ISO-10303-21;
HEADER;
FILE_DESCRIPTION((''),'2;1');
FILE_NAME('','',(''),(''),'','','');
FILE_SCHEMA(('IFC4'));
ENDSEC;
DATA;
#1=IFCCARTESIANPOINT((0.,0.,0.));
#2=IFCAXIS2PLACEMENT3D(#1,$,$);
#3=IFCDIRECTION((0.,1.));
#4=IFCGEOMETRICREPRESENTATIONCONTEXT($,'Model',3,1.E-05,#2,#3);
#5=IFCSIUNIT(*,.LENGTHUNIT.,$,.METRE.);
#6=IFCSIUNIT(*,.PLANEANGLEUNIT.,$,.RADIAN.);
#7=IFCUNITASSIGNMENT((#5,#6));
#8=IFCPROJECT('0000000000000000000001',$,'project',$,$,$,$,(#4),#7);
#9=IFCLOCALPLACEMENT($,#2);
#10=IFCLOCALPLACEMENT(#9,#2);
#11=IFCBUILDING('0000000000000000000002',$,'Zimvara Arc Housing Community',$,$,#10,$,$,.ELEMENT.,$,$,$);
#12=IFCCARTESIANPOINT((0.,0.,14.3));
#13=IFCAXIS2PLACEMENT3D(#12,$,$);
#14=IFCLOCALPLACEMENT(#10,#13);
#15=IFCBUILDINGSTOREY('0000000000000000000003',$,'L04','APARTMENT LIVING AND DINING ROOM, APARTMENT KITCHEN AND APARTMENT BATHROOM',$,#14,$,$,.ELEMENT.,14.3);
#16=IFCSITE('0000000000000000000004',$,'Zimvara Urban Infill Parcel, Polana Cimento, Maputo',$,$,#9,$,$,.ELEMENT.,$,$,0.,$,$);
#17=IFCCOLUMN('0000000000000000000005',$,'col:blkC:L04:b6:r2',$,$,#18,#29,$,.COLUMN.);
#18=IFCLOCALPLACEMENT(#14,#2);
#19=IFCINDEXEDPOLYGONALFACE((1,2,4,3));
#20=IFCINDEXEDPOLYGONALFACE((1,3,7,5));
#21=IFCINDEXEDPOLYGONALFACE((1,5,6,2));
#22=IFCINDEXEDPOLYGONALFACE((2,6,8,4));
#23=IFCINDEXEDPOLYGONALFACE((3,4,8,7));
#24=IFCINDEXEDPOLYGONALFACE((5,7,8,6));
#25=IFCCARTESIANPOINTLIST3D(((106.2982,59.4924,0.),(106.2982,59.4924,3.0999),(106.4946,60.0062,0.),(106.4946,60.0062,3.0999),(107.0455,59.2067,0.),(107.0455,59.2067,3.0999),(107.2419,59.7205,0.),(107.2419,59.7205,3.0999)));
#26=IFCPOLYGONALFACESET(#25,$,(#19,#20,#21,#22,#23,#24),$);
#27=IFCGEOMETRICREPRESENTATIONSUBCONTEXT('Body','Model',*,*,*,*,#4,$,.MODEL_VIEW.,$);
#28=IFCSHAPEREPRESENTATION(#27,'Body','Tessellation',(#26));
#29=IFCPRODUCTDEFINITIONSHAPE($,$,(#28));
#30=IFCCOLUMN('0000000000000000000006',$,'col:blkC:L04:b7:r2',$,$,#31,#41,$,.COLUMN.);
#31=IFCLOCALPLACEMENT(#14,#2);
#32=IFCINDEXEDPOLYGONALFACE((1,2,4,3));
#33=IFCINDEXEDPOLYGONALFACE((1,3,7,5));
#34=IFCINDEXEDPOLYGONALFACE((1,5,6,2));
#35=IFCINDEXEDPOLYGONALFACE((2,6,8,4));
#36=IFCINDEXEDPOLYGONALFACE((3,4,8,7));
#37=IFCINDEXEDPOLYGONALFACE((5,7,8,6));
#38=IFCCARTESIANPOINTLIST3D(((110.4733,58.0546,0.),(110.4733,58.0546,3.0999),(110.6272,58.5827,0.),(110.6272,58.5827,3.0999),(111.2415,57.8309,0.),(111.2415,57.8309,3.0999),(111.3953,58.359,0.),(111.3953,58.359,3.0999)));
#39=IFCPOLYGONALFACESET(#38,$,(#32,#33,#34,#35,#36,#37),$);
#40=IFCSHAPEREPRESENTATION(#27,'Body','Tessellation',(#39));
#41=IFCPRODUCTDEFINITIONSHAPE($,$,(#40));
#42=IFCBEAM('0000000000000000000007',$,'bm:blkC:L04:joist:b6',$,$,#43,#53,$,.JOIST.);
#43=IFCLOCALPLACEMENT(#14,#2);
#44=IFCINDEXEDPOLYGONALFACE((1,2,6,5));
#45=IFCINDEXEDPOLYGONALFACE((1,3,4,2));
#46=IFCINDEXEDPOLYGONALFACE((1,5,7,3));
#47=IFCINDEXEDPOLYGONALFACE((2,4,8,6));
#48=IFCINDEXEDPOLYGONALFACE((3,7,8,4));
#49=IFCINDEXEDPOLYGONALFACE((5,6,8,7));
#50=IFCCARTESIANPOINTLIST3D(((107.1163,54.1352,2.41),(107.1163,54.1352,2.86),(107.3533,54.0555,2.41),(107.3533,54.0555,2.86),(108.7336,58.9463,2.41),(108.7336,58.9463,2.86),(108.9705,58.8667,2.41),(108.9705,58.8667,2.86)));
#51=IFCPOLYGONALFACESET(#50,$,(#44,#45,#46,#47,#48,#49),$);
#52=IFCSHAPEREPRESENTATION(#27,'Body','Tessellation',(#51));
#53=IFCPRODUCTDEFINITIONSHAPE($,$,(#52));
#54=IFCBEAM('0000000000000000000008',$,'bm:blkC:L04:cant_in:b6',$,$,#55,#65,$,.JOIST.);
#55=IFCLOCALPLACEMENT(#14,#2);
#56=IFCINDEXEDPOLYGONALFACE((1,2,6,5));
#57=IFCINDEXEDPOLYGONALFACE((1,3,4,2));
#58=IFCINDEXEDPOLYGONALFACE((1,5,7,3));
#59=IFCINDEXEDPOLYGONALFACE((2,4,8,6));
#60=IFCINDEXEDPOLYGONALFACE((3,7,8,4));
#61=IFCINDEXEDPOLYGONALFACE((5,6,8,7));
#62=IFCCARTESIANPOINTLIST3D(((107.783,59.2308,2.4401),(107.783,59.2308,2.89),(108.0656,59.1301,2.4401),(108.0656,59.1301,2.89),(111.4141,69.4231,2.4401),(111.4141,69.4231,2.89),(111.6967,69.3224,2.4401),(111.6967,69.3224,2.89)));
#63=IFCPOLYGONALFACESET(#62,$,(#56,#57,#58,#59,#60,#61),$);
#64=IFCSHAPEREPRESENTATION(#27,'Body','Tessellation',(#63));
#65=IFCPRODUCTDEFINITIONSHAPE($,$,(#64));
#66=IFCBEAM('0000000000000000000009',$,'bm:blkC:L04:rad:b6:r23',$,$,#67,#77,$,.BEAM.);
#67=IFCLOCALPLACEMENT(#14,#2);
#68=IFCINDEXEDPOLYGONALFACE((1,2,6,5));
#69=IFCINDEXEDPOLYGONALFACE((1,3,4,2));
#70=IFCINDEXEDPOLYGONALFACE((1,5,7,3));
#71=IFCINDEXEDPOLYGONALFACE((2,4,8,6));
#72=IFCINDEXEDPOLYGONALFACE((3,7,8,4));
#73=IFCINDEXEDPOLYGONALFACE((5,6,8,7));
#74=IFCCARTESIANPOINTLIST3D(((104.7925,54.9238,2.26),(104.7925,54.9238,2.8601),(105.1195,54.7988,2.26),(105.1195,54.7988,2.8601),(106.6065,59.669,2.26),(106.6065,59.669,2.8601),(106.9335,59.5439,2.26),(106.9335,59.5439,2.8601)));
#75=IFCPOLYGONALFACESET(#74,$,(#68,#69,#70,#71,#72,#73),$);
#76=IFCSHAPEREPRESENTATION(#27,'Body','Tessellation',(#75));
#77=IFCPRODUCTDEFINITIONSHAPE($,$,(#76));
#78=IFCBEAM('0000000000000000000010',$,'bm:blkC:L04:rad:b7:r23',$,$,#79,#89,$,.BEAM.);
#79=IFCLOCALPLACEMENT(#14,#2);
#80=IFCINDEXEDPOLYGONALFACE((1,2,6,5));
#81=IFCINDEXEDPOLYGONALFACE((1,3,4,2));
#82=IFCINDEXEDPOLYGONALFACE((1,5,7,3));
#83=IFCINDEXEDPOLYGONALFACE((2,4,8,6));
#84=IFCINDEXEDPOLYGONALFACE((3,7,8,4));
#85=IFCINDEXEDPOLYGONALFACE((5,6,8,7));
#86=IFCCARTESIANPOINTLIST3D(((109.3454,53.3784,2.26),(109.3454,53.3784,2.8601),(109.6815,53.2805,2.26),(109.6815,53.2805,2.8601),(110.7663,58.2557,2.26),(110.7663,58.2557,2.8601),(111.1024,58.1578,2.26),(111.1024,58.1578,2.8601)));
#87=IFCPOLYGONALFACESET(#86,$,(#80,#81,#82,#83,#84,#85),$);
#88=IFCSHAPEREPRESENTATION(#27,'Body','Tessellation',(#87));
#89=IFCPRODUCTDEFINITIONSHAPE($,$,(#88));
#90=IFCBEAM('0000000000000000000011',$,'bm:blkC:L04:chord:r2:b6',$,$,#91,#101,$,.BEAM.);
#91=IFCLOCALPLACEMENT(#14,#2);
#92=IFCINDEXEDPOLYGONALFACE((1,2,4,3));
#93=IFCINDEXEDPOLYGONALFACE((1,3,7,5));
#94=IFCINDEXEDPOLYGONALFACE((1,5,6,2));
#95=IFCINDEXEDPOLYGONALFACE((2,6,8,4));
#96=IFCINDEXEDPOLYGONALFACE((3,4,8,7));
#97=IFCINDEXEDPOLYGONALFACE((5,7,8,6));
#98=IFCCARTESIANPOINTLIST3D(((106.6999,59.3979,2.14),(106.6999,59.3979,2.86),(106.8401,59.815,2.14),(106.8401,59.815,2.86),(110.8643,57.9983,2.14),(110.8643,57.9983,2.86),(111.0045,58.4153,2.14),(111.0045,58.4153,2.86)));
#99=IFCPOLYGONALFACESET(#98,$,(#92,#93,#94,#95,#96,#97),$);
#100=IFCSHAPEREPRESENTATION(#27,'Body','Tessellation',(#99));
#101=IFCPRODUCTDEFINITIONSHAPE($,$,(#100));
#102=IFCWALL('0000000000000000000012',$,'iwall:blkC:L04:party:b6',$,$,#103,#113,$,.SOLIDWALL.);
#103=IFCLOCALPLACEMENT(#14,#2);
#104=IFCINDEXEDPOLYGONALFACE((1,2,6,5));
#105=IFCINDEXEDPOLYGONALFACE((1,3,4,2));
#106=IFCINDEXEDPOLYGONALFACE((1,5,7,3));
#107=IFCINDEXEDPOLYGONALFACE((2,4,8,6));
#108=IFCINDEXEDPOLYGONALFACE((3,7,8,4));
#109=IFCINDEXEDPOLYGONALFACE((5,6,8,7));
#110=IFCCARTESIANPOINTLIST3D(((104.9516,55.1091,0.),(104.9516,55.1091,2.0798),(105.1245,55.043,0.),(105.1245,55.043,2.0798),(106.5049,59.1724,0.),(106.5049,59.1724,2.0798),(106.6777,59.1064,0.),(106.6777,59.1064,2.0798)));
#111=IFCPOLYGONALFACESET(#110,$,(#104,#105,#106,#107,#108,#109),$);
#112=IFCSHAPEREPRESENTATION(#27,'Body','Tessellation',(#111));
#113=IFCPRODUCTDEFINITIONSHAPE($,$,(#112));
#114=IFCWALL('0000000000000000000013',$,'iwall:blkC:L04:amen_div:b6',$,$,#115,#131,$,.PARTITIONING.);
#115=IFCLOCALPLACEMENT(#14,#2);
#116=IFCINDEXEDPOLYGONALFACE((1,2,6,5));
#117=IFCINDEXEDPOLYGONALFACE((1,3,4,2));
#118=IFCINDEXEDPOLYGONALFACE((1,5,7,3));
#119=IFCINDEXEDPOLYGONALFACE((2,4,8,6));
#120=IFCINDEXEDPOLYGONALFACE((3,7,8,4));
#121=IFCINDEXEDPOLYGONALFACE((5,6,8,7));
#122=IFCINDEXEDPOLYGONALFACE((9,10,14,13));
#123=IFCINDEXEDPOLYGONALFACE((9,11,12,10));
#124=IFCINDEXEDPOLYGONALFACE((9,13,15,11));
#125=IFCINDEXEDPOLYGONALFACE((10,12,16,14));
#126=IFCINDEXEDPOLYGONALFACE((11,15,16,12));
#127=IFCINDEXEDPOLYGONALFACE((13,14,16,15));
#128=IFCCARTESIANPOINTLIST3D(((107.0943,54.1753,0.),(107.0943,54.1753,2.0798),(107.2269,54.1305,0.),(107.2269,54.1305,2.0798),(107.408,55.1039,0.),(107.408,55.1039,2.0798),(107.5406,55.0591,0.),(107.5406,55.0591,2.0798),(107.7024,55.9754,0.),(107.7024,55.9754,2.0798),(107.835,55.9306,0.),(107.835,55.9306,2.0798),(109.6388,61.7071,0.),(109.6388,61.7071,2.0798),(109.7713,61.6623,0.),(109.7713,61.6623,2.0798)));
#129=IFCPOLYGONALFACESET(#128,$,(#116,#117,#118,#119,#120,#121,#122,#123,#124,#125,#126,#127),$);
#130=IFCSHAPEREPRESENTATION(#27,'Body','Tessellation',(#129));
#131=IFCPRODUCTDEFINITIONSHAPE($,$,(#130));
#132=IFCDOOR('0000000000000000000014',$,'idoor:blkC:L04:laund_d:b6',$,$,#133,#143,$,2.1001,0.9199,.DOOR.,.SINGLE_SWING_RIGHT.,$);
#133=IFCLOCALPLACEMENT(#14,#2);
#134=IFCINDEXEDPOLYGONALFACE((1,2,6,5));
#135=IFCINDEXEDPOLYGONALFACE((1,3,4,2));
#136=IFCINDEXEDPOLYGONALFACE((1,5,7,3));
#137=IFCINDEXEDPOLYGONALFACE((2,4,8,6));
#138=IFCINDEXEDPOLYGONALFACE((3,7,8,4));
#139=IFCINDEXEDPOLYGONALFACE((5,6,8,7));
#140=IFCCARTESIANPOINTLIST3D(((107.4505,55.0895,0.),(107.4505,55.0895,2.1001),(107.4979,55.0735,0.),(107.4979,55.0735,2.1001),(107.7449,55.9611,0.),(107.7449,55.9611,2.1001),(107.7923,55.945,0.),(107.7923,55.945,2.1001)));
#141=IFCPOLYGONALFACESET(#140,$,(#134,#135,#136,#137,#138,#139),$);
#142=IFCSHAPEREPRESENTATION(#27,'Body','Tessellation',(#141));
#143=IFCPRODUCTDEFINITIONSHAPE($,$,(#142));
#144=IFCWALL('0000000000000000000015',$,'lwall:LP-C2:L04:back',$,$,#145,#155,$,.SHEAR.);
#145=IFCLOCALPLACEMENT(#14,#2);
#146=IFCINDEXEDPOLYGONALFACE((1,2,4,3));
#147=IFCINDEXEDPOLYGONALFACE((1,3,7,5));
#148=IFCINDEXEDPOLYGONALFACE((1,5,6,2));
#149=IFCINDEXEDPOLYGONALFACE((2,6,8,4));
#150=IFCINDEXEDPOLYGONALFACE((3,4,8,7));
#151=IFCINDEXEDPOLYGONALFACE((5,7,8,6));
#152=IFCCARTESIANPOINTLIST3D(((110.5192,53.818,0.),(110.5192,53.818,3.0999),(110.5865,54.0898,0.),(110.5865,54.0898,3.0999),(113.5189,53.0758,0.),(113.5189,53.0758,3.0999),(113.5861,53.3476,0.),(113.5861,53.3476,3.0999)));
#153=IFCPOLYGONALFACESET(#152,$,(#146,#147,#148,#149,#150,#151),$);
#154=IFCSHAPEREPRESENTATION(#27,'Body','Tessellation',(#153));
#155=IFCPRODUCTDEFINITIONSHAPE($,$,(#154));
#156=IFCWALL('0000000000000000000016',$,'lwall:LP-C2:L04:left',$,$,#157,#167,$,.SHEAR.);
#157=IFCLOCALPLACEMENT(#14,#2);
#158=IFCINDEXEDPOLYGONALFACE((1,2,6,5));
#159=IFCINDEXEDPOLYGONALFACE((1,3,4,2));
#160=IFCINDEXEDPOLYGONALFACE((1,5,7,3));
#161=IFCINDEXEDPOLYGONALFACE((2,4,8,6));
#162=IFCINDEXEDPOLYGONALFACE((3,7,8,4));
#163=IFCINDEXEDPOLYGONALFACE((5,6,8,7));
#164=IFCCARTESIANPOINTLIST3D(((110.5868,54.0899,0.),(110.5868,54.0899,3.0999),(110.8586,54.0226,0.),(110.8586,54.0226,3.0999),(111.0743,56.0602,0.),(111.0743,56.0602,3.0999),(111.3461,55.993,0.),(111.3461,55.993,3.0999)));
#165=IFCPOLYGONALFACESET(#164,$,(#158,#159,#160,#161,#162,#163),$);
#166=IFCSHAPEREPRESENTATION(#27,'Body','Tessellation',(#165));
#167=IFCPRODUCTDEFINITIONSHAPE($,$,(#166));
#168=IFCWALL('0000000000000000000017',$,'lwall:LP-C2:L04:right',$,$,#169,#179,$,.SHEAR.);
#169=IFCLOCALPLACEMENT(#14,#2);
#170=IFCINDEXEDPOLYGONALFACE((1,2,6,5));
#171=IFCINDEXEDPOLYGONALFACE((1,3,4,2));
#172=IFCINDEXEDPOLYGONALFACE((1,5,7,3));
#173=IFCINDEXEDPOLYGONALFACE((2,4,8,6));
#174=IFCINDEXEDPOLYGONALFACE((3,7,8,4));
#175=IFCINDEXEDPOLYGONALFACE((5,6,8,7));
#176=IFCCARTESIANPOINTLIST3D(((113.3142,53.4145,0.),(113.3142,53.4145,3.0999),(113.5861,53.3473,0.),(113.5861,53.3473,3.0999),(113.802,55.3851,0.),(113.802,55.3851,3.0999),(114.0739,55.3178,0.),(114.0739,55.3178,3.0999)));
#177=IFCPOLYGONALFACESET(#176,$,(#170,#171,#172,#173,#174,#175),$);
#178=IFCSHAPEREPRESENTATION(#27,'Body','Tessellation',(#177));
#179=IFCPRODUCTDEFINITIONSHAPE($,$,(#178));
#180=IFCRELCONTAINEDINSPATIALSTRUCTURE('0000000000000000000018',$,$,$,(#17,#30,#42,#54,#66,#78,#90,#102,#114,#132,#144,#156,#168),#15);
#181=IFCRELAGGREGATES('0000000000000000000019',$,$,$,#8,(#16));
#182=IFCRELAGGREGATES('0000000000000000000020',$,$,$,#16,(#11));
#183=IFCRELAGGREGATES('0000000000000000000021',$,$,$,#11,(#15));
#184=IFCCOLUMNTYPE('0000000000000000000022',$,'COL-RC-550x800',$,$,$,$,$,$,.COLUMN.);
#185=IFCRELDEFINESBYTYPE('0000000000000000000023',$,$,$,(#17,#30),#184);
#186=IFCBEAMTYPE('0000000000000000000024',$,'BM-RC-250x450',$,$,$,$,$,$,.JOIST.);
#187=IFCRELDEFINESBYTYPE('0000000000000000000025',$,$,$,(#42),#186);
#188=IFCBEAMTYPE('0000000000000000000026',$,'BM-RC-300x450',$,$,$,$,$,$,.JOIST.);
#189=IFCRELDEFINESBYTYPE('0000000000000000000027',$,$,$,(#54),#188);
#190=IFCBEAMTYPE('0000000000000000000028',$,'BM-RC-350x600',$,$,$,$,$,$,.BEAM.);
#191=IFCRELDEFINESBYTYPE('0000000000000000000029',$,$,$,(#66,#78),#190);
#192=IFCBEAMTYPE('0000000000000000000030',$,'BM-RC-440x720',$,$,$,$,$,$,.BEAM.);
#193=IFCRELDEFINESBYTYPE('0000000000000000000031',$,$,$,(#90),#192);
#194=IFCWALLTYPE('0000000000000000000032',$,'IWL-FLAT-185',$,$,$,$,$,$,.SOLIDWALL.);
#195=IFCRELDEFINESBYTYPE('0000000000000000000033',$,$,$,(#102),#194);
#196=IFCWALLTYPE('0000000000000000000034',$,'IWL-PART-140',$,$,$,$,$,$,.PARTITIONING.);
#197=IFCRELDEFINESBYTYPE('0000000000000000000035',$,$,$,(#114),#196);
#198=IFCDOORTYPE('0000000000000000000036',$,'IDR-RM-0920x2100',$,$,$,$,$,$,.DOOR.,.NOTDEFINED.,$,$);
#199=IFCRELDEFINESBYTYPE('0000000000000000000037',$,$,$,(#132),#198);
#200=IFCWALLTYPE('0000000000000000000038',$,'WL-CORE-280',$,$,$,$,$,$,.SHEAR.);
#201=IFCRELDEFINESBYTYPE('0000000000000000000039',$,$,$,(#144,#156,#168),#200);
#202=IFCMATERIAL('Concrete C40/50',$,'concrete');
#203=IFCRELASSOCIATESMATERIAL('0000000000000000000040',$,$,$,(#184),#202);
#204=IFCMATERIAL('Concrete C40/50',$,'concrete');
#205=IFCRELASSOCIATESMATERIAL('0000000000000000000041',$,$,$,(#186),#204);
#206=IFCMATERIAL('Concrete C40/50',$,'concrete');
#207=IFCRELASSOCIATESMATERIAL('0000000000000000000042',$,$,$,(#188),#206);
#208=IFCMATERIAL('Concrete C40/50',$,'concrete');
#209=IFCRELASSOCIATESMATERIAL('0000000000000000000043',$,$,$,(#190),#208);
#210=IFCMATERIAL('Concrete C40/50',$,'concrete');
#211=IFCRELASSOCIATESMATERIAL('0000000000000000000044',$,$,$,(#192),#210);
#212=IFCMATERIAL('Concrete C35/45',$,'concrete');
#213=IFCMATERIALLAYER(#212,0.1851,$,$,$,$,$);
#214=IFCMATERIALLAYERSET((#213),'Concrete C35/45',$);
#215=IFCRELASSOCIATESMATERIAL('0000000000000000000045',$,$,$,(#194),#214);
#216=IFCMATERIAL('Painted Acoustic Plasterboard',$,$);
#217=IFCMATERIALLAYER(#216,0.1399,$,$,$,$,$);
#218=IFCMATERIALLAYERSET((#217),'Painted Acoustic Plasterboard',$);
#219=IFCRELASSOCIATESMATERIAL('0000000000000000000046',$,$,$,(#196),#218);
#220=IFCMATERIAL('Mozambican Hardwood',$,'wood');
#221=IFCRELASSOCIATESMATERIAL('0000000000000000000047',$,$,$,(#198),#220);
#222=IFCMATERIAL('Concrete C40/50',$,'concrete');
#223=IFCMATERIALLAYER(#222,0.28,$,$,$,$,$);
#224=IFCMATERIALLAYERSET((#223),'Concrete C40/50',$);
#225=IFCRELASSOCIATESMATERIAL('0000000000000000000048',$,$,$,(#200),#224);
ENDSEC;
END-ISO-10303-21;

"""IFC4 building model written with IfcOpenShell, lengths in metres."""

from ifc_helpers import new_model, si_unit, direction, frame, frame_2d, origin, origin_2d, place, context, subcontext, project, spatial, rectangle, extrude, material, layer, layer_set, material_profile, profile_set, type_object, element, fill, save


model = new_model("IFC4")

# Units and contexts
model_context = context("Model", 3, precision=1e-05, world=origin(), true_north=direction((0.0, 1.0)))
body_context = subcontext(model_context, "Body", "Model", "MODEL_VIEW")
ifc_project = project(units=[si_unit("LENGTHUNIT", "METRE"), si_unit("PLANEANGLEUNIT", "RADIAN")], contexts=[model_context])

# Site, building, storey
site_placement = place(None, origin())
site = spatial("IfcSite", under=ifc_project, at=site_placement, Name="Zimvara Urban Infill Parcel, Polana Cimento, Maputo", CompositionType="ELEMENT", RefElevation=0.0)
building_placement = place(site_placement, origin())
building = spatial("IfcBuilding", under=site, at=building_placement, Name="Zimvara Arc Housing Community", CompositionType="ELEMENT")
storey_placement = place(building_placement, frame((0.0, 0.0, 14.3)))
storey = spatial("IfcBuildingStorey", under=building, at=storey_placement, Name="L04", Description="APARTMENT LIVING AND DINING ROOM, APARTMENT KITCHEN AND APARTMENT BATHROOM", CompositionType="ELEMENT", Elevation=14.3)

# Columns
ifc_material_1 = material(Name="Concrete C40/50", Category="concrete")
ifc_material_profile_1 = material_profile(ifc_material_1, rectangle(XDim=0.55, YDim=0.8, at=origin_2d()), Name="RC 550x800")
ifc_profile_set_1 = profile_set([ifc_material_profile_1], Name="Concrete C40/50")
column_type = type_object("IfcColumnType", Name="COL-RC-550x800", PredefinedType="COLUMN", material=ifc_profile_set_1)
for number, where, z_axis, x_axis, name in (
    (1, (106.77, 59.6064, 0.0), (0.0, 0.0, 1.0), (-0.357064, -0.93408, 0.0), "col:blkC:L04:b6:r2"),
    (2, (110.9343, 58.2068, 0.0), (0.0, 0.0, 1.0), (-0.279661, -0.960099, 0.0), "col:blkC:L04:b7:r2"),
):
    element("IfcColumn", number, at=place(storey_placement, frame(where, z_axis=z_axis, x_axis=x_axis)), inside=storey, type_object=column_type, Name=name, PredefinedType="COLUMN", context=body_context, shape_type="SweptSolid", body=[
        extrude(rectangle(XDim=0.55, YDim=0.8, at=origin_2d()), origin(), (0.0, 0.0, 1.0), 3.0999),
    ])

# Beams
ifc_material_2 = material(Name="Concrete C40/50", Category="concrete")
ifc_material_profile_2 = material_profile(ifc_material_2, rectangle(XDim=0.25, YDim=0.45, at=origin_2d()), Name="RC 250x450")
ifc_profile_set_2 = profile_set([ifc_material_profile_2], Name="Concrete C40/50")
beam_type_1 = type_object("IfcBeamType", Name="BM-RC-250x450", PredefinedType="JOIST", material=ifc_profile_set_2)
beam_1_placement = place(storey_placement, frame((108.8521, 58.9065, 2.635), z_axis=(-0.318622, -0.947882, 0.0), x_axis=(0.947882, -0.318622, 0.0)))
element("IfcBeam", 3, at=beam_1_placement, inside=storey, type_object=beam_type_1, Name="bm:blkC:L04:joist:b6", PredefinedType="JOIST", context=body_context, shape_type="SweptSolid", body=[
    extrude(rectangle(XDim=0.25, YDim=0.45, at=origin_2d()), origin(), (0.0, 0.0, 1.0), 5.0757),
])
ifc_material_3 = material(Name="Concrete C40/50", Category="concrete")
ifc_material_profile_3 = material_profile(ifc_material_3, rectangle(XDim=0.3, YDim=0.45, at=origin_2d()), Name="RC 300x450")
ifc_profile_set_3 = profile_set([ifc_material_profile_3], Name="Concrete C40/50")
beam_type_2 = type_object("IfcBeamType", Name="BM-RC-300x450", PredefinedType="JOIST", material=ifc_profile_set_3)
beam_2_placement = place(storey_placement, frame((107.9243, 59.1804, 2.665), z_axis=(0.335596, 0.942006, 0.0), x_axis=(-0.942006, 0.335596, 0.0)))
element("IfcBeam", 4, at=beam_2_placement, inside=storey, type_object=beam_type_2, Name="bm:blkC:L04:cant_in:b6", PredefinedType="JOIST", context=body_context, shape_type="SweptSolid", body=[
    extrude(rectangle(XDim=0.3, YDim=0.45, at=origin_2d()), origin(), (0.0, 0.0, 1.0), 10.8198),
])
ifc_material_4 = material(Name="Concrete C40/50", Category="concrete")
ifc_material_profile_4 = material_profile(ifc_material_4, rectangle(XDim=0.3501, YDim=0.6001, at=origin_2d()), Name="RC 350x600")
ifc_profile_set_4 = profile_set([ifc_material_profile_4], Name="Concrete C40/50")
beam_type_3 = type_object("IfcBeamType", Name="BM-RC-350x600", PredefinedType="BEAM", material=ifc_profile_set_4)
for number, where, z_axis, x_axis, name in (
    (5, (106.77, 59.6064, 2.5601), (-0.357078, -0.934074, 0.0), (0.934074, -0.357078, 0.0), "bm:blkC:L04:rad:b6:r23"),
    (6, (110.9343, 58.2068, 2.5601), (-0.279694, -0.960089, 0.0), (0.960089, -0.279694, 0.0), "bm:blkC:L04:rad:b7:r23"),
):
    element("IfcBeam", number, at=place(storey_placement, frame(where, z_axis=z_axis, x_axis=x_axis)), inside=storey, type_object=beam_type_3, Name=name, PredefinedType="BEAM", context=body_context, shape_type="SweptSolid", body=[
        extrude(rectangle(XDim=0.3501, YDim=0.6001, at=origin_2d()), origin(), (0.0, 0.0, 1.0), 5.0801),
    ])
ifc_material_5 = material(Name="Concrete C40/50", Category="concrete")
ifc_material_profile_5 = material_profile(ifc_material_5, rectangle(XDim=0.4399, YDim=0.72, at=origin_2d()), Name="RC 440x720")
ifc_profile_set_5 = profile_set([ifc_material_profile_5], Name="Concrete C40/50")
beam_type_4 = type_object("IfcBeamType", Name="BM-RC-440x720", PredefinedType="BEAM", material=ifc_profile_set_5)
beam_3_placement = place(storey_placement, frame((106.77, 59.6064, 2.5), z_axis=(0.947891, -0.318594, 0.0), x_axis=(0.318594, 0.947891, 0.0)))
element("IfcBeam", 7, at=beam_3_placement, inside=storey, type_object=beam_type_4, Name="bm:blkC:L04:chord:r2:b6", PredefinedType="BEAM", context=body_context, shape_type="SweptSolid", body=[
    extrude(rectangle(XDim=0.4399, YDim=0.72, at=origin_2d()), origin(), (0.0, 0.0, 1.0), 4.3933),
])

# Wall
ifc_material_6 = material(Name="Concrete C35/45", Category="concrete")
ifc_layer_1 = layer(ifc_material_6, 0.1851)
ifc_layer_set_1 = layer_set([ifc_layer_1], Name="Concrete C35/45")
wall_type_1 = type_object("IfcWallType", Name="IWL-FLAT-185", PredefinedType="SOLIDWALL", material=ifc_layer_set_1)
wall_1_placement = place(storey_placement, frame((106.5913, 59.1394, 0.0), z_axis=(0.0, 0.0, 1.0), x_axis=(-0.357064, -0.93408, 0.0)))
element("IfcWall", 8, at=wall_1_placement, inside=storey, type_object=wall_type_1, Name="iwall:blkC:L04:party:b6", PredefinedType="SOLIDWALL", context=body_context, shape_type="SweptSolid", body=[
    extrude(rectangle(XDim=4.3501, YDim=0.1851, at=frame_2d((2.175, 0.0))), origin(), (0.0, 0.0, 1.0), 2.0798),
])

# Wall, opening, door
ifc_material_7 = material(Name="Painted Acoustic Plasterboard")
ifc_layer_2 = layer(ifc_material_7, 0.1399)
ifc_layer_set_2 = layer_set([ifc_layer_2], Name="Painted Acoustic Plasterboard")
wall_type_2 = type_object("IfcWallType", Name="IWL-PART-140", PredefinedType="PARTITIONING", material=ifc_layer_set_2)
wall_2_placement = place(storey_placement, frame((109.7051, 61.6848, 0.0), z_axis=(0.0, 0.0, 1.0), x_axis=(-0.320058, -0.947398, 0.0)))
wall_2 = element("IfcWall", 9, at=wall_2_placement, inside=storey, type_object=wall_type_2, Name="iwall:blkC:L04:amen_div:b6", PredefinedType="PARTITIONING", context=body_context, shape_type="SweptSolid", body=[
    extrude(rectangle(XDim=7.95, YDim=0.1399, at=frame_2d((3.9751, 0.0))), origin(), (0.0, 0.0, 1.0), 2.0798),
])
opening_1_placement = place(wall_2_placement, frame((6.05, 0.0, 0.0)))
opening_1 = element("IfcOpeningElement", 10, at=opening_1_placement, cuts=wall_2, PredefinedType="OPENING", context=body_context, shape_type="SweptSolid", body=[
    extrude(rectangle(XDim=0.9199, YDim=2.1001, at=frame_2d((0.46, 1.05))), frame((0.0, 0.0798, 0.0), z_axis=(0.0, -1.0, 0.0), x_axis=(1.0, 0.0, 0.0)), (0.0, 0.0, 1.0), 0.1599),
])
ifc_material_8 = material(Name="Mozambican Hardwood", Category="wood")
door_type_1 = type_object("IfcDoorType", Name="IDR-RM-0920x2100", OperationType="NOTDEFINED", PredefinedType="DOOR", material=ifc_material_8)
door_1_placement = place(opening_1_placement, origin())
door_1 = element("IfcDoor", 11, at=door_1_placement, inside=storey, type_object=door_type_1, Name="idoor:blkC:L04:laund_d:b6", OperationType="SINGLE_SWING_RIGHT", OverallHeight=2.1001, OverallWidth=0.9199, PredefinedType="DOOR", context=body_context, shape_type="SweptSolid", body=[
    extrude(rectangle(XDim=0.9199, YDim=2.1001, at=frame_2d((0.46, 1.05))), frame((0.0, 0.0249, 0.0), z_axis=(0.0, -1.0, 0.0), x_axis=(1.0, 0.0, 0.0)), (0.0, 0.0, 1.0), 0.05),
])
fill(opening_1, door_1)
ifc_material_9 = material(Name="Concrete C40/50", Category="concrete")
ifc_layer_3 = layer(ifc_material_9, 0.28)
ifc_layer_set_3 = layer_set([ifc_layer_3], Name="Concrete C40/50")
wall_type_3 = type_object("IfcWallType", Name="WL-CORE-280", PredefinedType="SHEAR", material=ifc_layer_set_3)

# Walls
wall_3_placement = place(storey_placement, frame((110.553, 53.9539, 0.0), z_axis=(0.0, 0.0, 1.0), x_axis=(0.970725, -0.240192, 0.0)))
element("IfcWall", 12, at=wall_3_placement, inside=storey, type_object=wall_type_3, Name="lwall:LP-C2:L04:back", PredefinedType="SHEAR", context=body_context, shape_type="SweptSolid", body=[
    extrude(rectangle(XDim=3.0901, YDim=0.28, at=frame_2d((1.5449, 0.0))), origin(), (0.0, 0.0, 1.0), 3.0999),
])
wall_4_placement = place(storey_placement, frame((111.2102, 56.0266, 0.0), z_axis=(0.0, 0.0, 1.0), x_axis=(-0.240186, -0.970727, 0.0)))
element("IfcWall", 13, at=wall_4_placement, inside=storey, type_object=wall_type_3, Name="lwall:LP-C2:L04:left", PredefinedType="SHEAR", context=body_context, shape_type="SweptSolid", body=[
    extrude(rectangle(XDim=2.0298, YDim=0.28, at=frame_2d((1.0149, 0.0))), origin(), (0.0, 0.0, 1.0), 3.0999),
])
wall_5_placement = place(storey_placement, frame((113.938, 55.3516, 0.0), z_axis=(0.0, 0.0, 1.0), x_axis=(-0.240299, -0.970699, 0.0)))
element("IfcWall", 14, at=wall_5_placement, inside=storey, type_object=wall_type_3, Name="lwall:LP-C2:L04:right", PredefinedType="SHEAR", context=body_context, shape_type="SweptSolid", body=[
    extrude(rectangle(XDim=2.03, YDim=0.28, at=frame_2d((1.0151, 0.0))), origin(), (0.0, 0.0, 1.0), 3.0999),
])

save(model, "model.ifc")
